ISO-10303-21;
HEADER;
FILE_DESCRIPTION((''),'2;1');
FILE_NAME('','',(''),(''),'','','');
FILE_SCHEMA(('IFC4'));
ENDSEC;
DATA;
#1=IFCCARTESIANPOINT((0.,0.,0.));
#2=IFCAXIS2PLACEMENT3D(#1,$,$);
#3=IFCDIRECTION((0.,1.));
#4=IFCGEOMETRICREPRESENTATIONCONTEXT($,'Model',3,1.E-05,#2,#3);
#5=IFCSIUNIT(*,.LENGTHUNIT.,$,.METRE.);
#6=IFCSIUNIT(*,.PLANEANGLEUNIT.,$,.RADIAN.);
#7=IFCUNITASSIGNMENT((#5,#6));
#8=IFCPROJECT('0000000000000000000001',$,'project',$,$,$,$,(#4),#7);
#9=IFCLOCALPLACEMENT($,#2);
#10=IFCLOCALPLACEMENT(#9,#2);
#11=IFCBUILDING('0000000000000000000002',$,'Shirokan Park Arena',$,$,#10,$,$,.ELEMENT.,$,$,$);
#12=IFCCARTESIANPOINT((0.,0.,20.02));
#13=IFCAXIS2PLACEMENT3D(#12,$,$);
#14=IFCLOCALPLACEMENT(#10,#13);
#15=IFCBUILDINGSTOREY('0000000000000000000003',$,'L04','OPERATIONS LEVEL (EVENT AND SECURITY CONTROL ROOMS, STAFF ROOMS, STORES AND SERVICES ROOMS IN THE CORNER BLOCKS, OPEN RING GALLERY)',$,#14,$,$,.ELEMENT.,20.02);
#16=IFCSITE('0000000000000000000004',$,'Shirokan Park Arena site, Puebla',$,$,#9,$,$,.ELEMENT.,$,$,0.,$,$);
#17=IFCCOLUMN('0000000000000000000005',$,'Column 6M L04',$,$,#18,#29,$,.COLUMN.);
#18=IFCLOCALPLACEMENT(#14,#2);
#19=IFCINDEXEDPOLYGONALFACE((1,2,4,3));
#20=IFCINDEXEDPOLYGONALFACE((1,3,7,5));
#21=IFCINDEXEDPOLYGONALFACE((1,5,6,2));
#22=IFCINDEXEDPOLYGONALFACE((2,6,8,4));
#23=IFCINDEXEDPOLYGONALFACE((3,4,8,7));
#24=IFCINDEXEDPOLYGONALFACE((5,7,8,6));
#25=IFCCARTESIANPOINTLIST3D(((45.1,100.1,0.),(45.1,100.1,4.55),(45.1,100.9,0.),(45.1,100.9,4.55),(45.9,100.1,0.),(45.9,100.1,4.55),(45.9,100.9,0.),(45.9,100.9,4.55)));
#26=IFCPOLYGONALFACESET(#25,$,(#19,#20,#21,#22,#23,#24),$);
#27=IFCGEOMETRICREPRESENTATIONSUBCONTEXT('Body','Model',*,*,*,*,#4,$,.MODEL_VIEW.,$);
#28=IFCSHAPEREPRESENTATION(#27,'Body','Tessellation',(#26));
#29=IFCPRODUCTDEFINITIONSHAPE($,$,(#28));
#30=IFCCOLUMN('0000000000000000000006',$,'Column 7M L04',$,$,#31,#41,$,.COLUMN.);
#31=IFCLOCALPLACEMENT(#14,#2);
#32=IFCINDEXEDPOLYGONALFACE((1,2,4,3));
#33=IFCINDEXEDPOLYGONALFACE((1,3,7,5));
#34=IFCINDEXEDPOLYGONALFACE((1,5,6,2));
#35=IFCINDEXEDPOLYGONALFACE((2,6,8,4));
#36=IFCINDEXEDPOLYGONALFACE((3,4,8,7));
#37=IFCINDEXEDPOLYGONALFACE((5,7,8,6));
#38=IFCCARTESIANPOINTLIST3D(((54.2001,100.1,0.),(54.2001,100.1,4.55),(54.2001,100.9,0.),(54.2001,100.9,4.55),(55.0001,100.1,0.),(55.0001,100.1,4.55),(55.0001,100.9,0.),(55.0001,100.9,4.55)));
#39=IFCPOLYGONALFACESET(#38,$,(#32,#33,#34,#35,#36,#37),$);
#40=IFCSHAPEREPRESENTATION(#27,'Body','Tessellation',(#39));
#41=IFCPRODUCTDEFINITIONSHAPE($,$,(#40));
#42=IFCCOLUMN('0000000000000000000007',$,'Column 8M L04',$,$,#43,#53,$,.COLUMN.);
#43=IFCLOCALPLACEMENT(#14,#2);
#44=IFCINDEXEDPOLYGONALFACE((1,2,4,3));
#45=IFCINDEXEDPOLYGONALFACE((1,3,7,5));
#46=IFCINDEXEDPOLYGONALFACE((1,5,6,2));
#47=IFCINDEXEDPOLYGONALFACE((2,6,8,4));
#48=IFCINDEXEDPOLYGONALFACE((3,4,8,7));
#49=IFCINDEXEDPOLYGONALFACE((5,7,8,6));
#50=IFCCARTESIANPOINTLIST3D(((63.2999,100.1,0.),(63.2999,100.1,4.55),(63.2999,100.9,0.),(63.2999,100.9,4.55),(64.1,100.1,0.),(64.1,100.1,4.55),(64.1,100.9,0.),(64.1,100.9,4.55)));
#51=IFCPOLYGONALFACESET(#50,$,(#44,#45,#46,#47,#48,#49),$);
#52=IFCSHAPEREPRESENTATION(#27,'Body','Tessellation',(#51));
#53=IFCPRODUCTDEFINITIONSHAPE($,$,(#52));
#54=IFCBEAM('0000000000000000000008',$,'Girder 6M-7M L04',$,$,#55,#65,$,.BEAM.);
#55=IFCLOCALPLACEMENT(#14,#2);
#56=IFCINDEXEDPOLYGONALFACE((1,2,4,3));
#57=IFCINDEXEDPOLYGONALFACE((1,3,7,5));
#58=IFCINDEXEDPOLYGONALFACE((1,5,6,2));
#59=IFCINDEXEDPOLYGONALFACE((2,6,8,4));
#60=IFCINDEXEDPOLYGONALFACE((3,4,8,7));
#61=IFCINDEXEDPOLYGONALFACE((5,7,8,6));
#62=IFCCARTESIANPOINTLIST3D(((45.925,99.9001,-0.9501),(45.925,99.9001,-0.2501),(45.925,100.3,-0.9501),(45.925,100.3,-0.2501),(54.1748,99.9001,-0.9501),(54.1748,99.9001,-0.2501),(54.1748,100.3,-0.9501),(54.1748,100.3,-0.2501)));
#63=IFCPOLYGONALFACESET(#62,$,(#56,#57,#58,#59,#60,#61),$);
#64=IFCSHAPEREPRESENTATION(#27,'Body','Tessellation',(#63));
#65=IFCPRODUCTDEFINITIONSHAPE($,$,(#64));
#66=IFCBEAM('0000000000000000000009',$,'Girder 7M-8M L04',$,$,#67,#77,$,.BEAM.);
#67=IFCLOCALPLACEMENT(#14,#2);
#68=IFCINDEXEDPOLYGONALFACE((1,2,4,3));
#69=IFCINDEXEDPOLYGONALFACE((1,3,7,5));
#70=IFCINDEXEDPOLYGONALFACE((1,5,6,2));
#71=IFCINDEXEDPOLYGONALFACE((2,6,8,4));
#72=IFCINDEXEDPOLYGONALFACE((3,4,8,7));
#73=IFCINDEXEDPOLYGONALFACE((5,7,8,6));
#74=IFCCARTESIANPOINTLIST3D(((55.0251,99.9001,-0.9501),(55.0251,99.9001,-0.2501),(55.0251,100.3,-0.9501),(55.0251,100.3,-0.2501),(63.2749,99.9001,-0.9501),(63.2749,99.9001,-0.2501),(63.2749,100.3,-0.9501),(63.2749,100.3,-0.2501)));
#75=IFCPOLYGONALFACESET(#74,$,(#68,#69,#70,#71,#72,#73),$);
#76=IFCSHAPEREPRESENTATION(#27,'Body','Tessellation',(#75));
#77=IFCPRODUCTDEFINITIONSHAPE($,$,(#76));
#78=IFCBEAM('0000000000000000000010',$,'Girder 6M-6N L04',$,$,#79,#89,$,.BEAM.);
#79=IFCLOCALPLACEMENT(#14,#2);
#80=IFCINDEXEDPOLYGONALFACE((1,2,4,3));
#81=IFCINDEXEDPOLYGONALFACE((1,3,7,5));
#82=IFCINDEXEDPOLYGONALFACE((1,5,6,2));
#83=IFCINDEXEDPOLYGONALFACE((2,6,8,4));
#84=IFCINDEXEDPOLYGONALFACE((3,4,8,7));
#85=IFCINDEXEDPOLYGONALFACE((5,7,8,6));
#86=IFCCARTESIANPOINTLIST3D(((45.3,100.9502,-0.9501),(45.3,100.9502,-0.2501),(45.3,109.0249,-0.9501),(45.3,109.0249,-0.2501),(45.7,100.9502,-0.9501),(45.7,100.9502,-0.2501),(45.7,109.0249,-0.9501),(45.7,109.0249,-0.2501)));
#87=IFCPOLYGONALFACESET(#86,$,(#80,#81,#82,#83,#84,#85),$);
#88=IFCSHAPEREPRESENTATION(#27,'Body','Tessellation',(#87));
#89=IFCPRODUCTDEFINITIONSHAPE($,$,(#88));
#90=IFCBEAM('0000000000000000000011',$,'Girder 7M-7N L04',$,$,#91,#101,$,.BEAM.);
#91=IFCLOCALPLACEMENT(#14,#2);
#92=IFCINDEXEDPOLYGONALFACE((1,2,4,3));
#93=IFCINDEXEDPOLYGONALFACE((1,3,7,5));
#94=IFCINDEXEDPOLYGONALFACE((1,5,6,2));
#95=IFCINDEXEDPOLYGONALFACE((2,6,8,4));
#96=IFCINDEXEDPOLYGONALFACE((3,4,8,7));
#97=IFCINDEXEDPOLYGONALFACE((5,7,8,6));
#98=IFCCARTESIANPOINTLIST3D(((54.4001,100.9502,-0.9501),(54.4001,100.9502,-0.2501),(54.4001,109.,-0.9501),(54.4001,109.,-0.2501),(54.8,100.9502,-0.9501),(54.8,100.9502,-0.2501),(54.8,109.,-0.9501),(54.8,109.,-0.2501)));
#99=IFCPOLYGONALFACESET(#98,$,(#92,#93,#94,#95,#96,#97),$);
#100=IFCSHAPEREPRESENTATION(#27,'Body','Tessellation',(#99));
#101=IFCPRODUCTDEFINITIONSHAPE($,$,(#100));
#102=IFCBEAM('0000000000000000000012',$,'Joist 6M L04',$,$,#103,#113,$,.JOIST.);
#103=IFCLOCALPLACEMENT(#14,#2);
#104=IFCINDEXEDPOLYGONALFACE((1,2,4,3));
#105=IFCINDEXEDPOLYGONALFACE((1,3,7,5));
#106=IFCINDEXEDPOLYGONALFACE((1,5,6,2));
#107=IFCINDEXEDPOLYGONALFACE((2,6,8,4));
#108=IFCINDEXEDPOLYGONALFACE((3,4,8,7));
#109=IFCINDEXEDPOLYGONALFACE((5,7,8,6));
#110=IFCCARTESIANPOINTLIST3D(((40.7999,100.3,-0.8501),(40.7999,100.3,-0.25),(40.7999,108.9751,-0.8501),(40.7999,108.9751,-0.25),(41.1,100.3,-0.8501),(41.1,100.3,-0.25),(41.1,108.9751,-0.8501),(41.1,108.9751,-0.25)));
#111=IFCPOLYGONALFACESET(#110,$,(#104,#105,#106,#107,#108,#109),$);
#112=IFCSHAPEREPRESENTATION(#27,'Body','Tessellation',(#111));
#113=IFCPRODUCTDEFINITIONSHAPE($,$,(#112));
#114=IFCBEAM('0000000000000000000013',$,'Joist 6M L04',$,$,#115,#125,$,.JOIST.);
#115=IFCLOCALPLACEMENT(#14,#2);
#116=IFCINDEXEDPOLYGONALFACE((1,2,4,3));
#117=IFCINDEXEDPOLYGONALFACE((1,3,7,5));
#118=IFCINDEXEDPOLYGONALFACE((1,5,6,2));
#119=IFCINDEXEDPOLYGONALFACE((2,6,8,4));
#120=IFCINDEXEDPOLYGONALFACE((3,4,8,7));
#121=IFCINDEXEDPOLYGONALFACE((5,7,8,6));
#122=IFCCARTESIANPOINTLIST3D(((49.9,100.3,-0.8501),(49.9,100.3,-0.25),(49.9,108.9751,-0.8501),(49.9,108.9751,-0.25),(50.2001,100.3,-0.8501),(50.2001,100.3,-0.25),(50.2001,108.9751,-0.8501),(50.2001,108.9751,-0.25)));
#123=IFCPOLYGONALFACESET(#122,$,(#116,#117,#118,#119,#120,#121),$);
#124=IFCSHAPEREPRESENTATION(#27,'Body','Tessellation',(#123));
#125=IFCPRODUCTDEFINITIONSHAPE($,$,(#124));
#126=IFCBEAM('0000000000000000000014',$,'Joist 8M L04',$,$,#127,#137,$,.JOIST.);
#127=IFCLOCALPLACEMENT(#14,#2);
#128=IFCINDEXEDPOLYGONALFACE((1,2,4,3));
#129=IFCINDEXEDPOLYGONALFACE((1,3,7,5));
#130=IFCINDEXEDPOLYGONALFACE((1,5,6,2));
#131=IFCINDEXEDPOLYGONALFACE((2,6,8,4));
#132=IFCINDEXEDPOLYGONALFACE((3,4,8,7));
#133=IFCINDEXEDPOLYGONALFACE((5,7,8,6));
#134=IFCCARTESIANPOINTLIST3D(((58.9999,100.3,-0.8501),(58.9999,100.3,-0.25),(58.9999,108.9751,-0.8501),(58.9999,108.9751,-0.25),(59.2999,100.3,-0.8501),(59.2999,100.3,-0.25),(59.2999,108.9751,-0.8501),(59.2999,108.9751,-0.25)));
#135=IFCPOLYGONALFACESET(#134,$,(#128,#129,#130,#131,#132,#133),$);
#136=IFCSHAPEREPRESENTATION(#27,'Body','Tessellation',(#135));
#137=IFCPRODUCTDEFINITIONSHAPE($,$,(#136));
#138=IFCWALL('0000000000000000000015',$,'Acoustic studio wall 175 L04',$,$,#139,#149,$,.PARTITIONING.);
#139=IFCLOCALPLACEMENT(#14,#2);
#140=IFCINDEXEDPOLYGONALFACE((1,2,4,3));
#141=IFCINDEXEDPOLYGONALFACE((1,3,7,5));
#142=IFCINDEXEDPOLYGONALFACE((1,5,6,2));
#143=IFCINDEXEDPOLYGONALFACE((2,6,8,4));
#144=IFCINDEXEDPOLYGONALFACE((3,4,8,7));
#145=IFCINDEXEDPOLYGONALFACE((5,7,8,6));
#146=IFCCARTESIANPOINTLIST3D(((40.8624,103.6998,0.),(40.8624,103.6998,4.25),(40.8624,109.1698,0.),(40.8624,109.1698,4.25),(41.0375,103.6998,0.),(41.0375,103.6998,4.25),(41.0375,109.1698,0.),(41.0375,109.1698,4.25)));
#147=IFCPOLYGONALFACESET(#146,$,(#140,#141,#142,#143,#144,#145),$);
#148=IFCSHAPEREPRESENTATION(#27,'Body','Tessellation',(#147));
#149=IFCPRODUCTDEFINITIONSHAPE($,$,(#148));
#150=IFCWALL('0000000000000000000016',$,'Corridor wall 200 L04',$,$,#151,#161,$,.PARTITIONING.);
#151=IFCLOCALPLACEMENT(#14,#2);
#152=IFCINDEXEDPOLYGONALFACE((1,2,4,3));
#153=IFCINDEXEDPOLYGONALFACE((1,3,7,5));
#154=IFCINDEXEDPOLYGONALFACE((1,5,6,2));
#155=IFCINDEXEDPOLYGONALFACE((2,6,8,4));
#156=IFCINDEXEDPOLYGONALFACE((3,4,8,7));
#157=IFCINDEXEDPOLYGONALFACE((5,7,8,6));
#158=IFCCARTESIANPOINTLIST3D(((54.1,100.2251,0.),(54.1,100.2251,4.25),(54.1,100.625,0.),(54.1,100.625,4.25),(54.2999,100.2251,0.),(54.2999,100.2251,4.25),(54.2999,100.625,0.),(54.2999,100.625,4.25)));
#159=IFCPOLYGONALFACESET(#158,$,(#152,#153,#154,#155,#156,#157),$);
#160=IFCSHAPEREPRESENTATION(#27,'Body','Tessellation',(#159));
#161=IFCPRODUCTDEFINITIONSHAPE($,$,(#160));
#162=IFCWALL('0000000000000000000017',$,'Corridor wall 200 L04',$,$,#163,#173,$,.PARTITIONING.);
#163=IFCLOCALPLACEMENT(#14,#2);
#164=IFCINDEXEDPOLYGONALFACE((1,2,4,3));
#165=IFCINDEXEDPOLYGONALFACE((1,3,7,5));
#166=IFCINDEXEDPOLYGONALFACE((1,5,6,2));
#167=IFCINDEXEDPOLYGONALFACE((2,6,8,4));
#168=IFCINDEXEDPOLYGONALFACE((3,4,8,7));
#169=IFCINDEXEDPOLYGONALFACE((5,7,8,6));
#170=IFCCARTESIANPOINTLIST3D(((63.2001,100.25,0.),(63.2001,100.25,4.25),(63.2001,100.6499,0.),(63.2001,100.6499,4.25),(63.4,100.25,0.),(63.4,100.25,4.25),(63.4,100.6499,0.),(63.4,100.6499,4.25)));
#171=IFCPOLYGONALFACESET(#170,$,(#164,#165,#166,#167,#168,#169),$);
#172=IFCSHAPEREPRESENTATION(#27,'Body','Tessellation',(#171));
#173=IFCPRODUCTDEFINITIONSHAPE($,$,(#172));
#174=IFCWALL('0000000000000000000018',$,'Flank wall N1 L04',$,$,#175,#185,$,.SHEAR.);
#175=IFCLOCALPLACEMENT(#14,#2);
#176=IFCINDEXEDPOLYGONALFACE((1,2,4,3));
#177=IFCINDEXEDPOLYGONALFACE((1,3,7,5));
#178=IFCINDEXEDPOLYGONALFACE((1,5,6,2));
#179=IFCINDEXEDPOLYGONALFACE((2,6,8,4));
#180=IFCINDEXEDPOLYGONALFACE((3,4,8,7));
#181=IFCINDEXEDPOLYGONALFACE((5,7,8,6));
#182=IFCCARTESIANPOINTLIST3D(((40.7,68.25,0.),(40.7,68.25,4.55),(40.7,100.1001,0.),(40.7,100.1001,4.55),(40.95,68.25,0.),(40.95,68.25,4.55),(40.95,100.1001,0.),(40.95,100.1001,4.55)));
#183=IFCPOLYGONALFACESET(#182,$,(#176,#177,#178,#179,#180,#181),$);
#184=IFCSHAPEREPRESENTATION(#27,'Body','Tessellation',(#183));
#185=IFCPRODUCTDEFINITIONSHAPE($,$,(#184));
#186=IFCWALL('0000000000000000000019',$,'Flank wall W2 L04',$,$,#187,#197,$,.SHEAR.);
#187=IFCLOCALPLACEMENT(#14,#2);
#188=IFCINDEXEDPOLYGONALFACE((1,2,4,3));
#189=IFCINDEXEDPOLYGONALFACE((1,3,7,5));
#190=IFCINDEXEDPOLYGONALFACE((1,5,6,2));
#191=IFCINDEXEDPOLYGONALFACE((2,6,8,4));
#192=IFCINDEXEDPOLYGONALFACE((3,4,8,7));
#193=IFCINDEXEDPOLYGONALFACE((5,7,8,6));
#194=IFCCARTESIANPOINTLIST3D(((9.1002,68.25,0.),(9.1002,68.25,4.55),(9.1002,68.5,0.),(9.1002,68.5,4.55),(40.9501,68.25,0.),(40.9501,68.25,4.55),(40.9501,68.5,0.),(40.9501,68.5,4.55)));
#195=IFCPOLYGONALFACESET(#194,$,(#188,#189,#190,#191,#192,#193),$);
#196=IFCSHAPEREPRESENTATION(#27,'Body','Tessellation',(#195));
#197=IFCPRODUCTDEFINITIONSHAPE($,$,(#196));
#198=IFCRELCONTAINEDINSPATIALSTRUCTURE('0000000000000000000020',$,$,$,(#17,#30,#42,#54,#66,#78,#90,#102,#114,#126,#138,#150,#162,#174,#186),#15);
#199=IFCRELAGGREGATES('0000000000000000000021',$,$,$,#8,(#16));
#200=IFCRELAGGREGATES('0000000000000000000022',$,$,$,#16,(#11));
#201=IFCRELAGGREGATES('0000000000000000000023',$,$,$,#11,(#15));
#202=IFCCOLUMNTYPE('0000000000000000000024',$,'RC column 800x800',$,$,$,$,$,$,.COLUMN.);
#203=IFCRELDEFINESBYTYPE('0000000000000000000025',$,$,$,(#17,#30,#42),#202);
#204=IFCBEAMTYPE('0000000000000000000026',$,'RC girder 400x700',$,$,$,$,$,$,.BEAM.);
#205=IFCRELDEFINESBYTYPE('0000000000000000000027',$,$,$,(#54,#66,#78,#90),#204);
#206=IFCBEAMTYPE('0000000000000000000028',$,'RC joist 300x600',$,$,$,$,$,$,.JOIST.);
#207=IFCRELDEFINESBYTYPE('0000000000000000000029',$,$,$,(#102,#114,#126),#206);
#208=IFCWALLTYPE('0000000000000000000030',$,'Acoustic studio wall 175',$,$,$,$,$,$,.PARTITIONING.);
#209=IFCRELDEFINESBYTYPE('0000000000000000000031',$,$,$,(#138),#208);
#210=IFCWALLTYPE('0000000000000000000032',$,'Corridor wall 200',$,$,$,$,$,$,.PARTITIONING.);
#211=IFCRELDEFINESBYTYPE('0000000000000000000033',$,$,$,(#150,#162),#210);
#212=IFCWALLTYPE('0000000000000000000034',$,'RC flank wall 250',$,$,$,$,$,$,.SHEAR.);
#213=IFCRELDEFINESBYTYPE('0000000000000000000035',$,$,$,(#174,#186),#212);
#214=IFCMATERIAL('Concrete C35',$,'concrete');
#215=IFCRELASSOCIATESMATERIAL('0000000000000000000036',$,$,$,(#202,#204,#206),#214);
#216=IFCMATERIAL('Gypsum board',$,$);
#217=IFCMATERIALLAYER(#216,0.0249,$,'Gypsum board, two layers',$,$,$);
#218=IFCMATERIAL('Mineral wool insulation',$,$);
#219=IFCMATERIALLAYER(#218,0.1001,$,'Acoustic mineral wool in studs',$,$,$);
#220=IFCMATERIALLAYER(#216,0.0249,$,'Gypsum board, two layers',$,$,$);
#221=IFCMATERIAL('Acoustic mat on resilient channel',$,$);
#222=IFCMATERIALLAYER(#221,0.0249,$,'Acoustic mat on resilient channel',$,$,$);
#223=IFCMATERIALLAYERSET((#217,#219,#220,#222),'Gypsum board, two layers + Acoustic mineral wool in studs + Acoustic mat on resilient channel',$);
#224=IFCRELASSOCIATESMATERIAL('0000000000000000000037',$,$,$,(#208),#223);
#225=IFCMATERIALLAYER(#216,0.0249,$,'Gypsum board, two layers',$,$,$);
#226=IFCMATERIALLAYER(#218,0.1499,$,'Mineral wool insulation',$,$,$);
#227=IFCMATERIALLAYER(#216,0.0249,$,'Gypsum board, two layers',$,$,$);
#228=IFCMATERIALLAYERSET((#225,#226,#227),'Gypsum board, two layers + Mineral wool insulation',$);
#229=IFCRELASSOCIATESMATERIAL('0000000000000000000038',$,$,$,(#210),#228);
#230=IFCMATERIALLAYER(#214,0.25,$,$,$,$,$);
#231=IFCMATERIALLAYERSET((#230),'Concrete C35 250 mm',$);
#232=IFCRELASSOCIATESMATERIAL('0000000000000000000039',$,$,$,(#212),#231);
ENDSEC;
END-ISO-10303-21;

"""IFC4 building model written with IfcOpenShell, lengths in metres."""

from ifc_helpers import new_model, si_unit, direction, frame, frame_2d, origin, origin_2d, place, context, subcontext, project, spatial, rectangle, extrude, material, layer, layer_set, material_profile, profile_set, type_object, element, save


model = new_model("IFC4")

# Units and contexts
model_context = context("Model", 3, precision=1e-05, world=origin(), true_north=direction((0.0, 1.0)))
body_context = subcontext(model_context, "Body", "Model", "MODEL_VIEW")
ifc_project = project(units=[si_unit("LENGTHUNIT", "METRE"), si_unit("PLANEANGLEUNIT", "RADIAN")], contexts=[model_context])

# Site, building, storey
site_placement = place(None, origin())
site = spatial("IfcSite", under=ifc_project, at=site_placement, Name="Shirokan Park Arena site, Puebla", CompositionType="ELEMENT", RefElevation=0.0)
building_placement = place(site_placement, origin())
building = spatial("IfcBuilding", under=site, at=building_placement, Name="Shirokan Park Arena", CompositionType="ELEMENT")
storey_placement = place(building_placement, frame((0.0, 0.0, 20.02)))
storey = spatial("IfcBuildingStorey", under=building, at=storey_placement, Name="L04", Description="OPERATIONS LEVEL (EVENT AND SECURITY CONTROL ROOMS, STAFF ROOMS, STORES AND SERVICES ROOMS IN THE CORNER BLOCKS, OPEN RING GALLERY)", CompositionType="ELEMENT", Elevation=20.02)

# Columns
ifc_material_1 = material(Name="Concrete C35", Category="concrete")
ifc_material_profile_1 = material_profile(ifc_material_1, rectangle(XDim=0.8, YDim=0.8, at=origin_2d()), Name="800x800")
ifc_profile_set_1 = profile_set([ifc_material_profile_1], Name="Concrete C35")
column_type = type_object("IfcColumnType", Name="RC column 800x800", PredefinedType="COLUMN", material=ifc_profile_set_1)
for number, where, z_axis, x_axis, name in (
    (1, (45.5, 100.5, 0.0), (0.0, 0.0, 1.0), (1.0, 0.0, 0.0), "Column 6M L04"),
    (2, (54.6001, 100.5, 0.0), (0.0, 0.0, 1.0), (1.0, 0.0, 0.0), "Column 7M L04"),
    (3, (63.7, 100.5, 0.0), (0.0, 0.0, 1.0), (1.0, 0.0, 0.0), "Column 8M L04"),
):
    element("IfcColumn", number, at=place(storey_placement, frame(where, z_axis=z_axis, x_axis=x_axis)), inside=storey, type_object=column_type, Name=name, PredefinedType="COLUMN", context=body_context, shape_type="SweptSolid", body=[
        extrude(rectangle(XDim=0.8, YDim=0.8, at=origin_2d()), origin(), (0.0, 0.0, 1.0), 4.55),
    ])

# Beams
ifc_material_profile_2 = material_profile(ifc_material_1, rectangle(XDim=0.3999, YDim=0.7, at=origin_2d()), Name="400x700")
ifc_profile_set_2 = profile_set([ifc_material_profile_2], Name="Concrete C35")
beam_type_1 = type_object("IfcBeamType", Name="RC girder 400x700", PredefinedType="BEAM", material=ifc_profile_set_2)
for number, where, z_axis, x_axis, name in (
    (4, (45.925, 100.1001, -0.6001), (1.0, 0.0, 0.0), (0.0, 1.0, 0.0), "Girder 6M-7M L04"),
    (5, (55.0251, 100.1001, -0.6001), (1.0, 0.0, 0.0), (0.0, 1.0, 0.0), "Girder 7M-8M L04"),
):
    element("IfcBeam", number, at=place(storey_placement, frame(where, z_axis=z_axis, x_axis=x_axis)), inside=storey, type_object=beam_type_1, Name=name, PredefinedType="BEAM", context=body_context, shape_type="SweptSolid", body=[
        extrude(rectangle(XDim=0.3999, YDim=0.7, at=origin_2d()), origin(), (0.0, 0.0, 1.0), 8.2498),
    ])
beam_1_placement = place(storey_placement, frame((45.5, 100.9502, -0.6001), z_axis=(0.0, 1.0, 0.0), x_axis=(-1.0, 0.0, 0.0)))
element("IfcBeam", 6, at=beam_1_placement, inside=storey, type_object=beam_type_1, Name="Girder 6M-6N L04", PredefinedType="BEAM", context=body_context, shape_type="SweptSolid", body=[
    extrude(rectangle(XDim=0.3999, YDim=0.7, at=origin_2d()), origin(), (0.0, 0.0, 1.0), 8.0747),
])
beam_2_placement = place(storey_placement, frame((54.6001, 100.9502, -0.6001), z_axis=(0.0, 1.0, 0.0), x_axis=(-1.0, 0.0, 0.0)))
element("IfcBeam", 7, at=beam_2_placement, inside=storey, type_object=beam_type_1, Name="Girder 7M-7N L04", PredefinedType="BEAM", context=body_context, shape_type="SweptSolid", body=[
    extrude(rectangle(XDim=0.3999, YDim=0.7, at=origin_2d()), origin(), (0.0, 0.0, 1.0), 8.0498),
])
ifc_material_profile_3 = material_profile(ifc_material_1, rectangle(XDim=0.3, YDim=0.6001, at=origin_2d()), Name="300x600")
ifc_profile_set_3 = profile_set([ifc_material_profile_3], Name="Concrete C35")
beam_type_2 = type_object("IfcBeamType", Name="RC joist 300x600", PredefinedType="JOIST", material=ifc_profile_set_3)
for number, where, z_axis, x_axis, name in (
    (8, (40.95, 100.3, -0.55), (0.0, 1.0, 0.0), (-1.0, 0.0, 0.0), "Joist 6M L04"),
    (9, (50.05, 100.3, -0.55), (0.0, 1.0, 0.0), (-1.0, 0.0, 0.0), "Joist 6M L04"),
    (10, (59.1499, 100.3, -0.55), (0.0, 1.0, 0.0), (-1.0, 0.0, 0.0), "Joist 8M L04"),
):
    element("IfcBeam", number, at=place(storey_placement, frame(where, z_axis=z_axis, x_axis=x_axis)), inside=storey, type_object=beam_type_2, Name=name, PredefinedType="JOIST", context=body_context, shape_type="SweptSolid", body=[
        extrude(rectangle(XDim=0.3, YDim=0.6001, at=origin_2d()), origin(), (0.0, 0.0, 1.0), 8.675),
    ])

# Wall
ifc_material_2 = material(Name="Gypsum board")
ifc_layer_1 = layer(ifc_material_2, 0.0249, Name="Gypsum board, two layers")
ifc_material_3 = material(Name="Mineral wool insulation")
ifc_layer_2 = layer(ifc_material_3, 0.1001, Name="Acoustic mineral wool in studs")
ifc_layer_3 = layer(ifc_material_2, 0.0249, Name="Gypsum board, two layers")
ifc_material_4 = material(Name="Acoustic mat on resilient channel")
ifc_layer_4 = layer(ifc_material_4, 0.0249, Name="Acoustic mat on resilient channel")
ifc_layer_set_1 = layer_set([ifc_layer_1, ifc_layer_2, ifc_layer_3, ifc_layer_4], Name="Gypsum board, two layers + Acoustic mineral wool in studs + Acoustic mat on resilient channel")
wall_type_1 = type_object("IfcWallType", Name="Acoustic studio wall 175", PredefinedType="PARTITIONING", material=ifc_layer_set_1)
wall_1_placement = place(storey_placement, frame((40.95, 103.7, 0.0), z_axis=(0.0, 0.0, 1.0), x_axis=(0.0, 1.0, 0.0)))
element("IfcWall", 11, at=wall_1_placement, inside=storey, type_object=wall_type_1, Name="Acoustic studio wall 175 L04", PredefinedType="PARTITIONING", context=body_context, shape_type="SweptSolid", body=[
    extrude(rectangle(XDim=5.47, YDim=0.175, at=frame_2d((2.7349, 0.0))), origin(), (0.0, 0.0, 1.0), 4.25),
])

# Shared definitions
ifc_layer_5 = layer(ifc_material_2, 0.0249, Name="Gypsum board, two layers")
ifc_layer_6 = layer(ifc_material_3, 0.1499, Name="Mineral wool insulation")
ifc_layer_7 = layer(ifc_material_2, 0.0249, Name="Gypsum board, two layers")
ifc_layer_set_2 = layer_set([ifc_layer_5, ifc_layer_6, ifc_layer_7], Name="Gypsum board, two layers + Mineral wool insulation")
wall_type_2 = type_object("IfcWallType", Name="Corridor wall 200", PredefinedType="PARTITIONING", material=ifc_layer_set_2)

# Walls
for number, where, z_axis, x_axis, name in (
    (12, (54.2, 100.625, 0.0), (0.0, 0.0, 1.0), (0.0, -1.0, 0.0), "Corridor wall 200 L04"),
    (13, (63.3, 100.6499, 0.0), (0.0, 0.0, 1.0), (0.0, -1.0, 0.0), "Corridor wall 200 L04"),
):
    element("IfcWall", number, at=place(storey_placement, frame(where, z_axis=z_axis, x_axis=x_axis)), inside=storey, type_object=wall_type_2, Name=name, PredefinedType="PARTITIONING", context=body_context, shape_type="SweptSolid", body=[
        extrude(rectangle(XDim=0.3999, YDim=0.2, at=frame_2d((0.2, 0.0))), origin(), (0.0, 0.0, 1.0), 4.25),
    ])
ifc_layer_8 = layer(ifc_material_1, 0.25)
ifc_layer_set_3 = layer_set([ifc_layer_8], Name="Concrete C35 250 mm")
wall_type_3 = type_object("IfcWallType", Name="RC flank wall 250", PredefinedType="SHEAR", material=ifc_layer_set_3)
wall_2_placement = place(storey_placement, frame((40.825, 68.25, 0.0), z_axis=(0.0, 0.0, 1.0), x_axis=(0.0, 1.0, 0.0)))
element("IfcWall", 14, at=wall_2_placement, inside=storey, type_object=wall_type_3, Name="Flank wall N1 L04", PredefinedType="SHEAR", context=body_context, shape_type="SweptSolid", body=[
    extrude(rectangle(XDim=31.8501, YDim=0.25, at=frame_2d((15.925, 0.0))), origin(), (0.0, 0.0, 1.0), 4.55),
])
wall_3_placement = place(storey_placement, frame((40.95, 68.375, 0.0), z_axis=(0.0, 0.0, 1.0), x_axis=(-1.0, 0.0, 0.0)))
element("IfcWall", 15, at=wall_3_placement, inside=storey, type_object=wall_type_3, Name="Flank wall W2 L04", PredefinedType="SHEAR", context=body_context, shape_type="SweptSolid", body=[
    extrude(rectangle(XDim=31.8499, YDim=0.25, at=frame_2d((15.9248, 0.0))), origin(), (0.0, 0.0, 1.0), 4.55),
])

save(model, "model.ifc")
